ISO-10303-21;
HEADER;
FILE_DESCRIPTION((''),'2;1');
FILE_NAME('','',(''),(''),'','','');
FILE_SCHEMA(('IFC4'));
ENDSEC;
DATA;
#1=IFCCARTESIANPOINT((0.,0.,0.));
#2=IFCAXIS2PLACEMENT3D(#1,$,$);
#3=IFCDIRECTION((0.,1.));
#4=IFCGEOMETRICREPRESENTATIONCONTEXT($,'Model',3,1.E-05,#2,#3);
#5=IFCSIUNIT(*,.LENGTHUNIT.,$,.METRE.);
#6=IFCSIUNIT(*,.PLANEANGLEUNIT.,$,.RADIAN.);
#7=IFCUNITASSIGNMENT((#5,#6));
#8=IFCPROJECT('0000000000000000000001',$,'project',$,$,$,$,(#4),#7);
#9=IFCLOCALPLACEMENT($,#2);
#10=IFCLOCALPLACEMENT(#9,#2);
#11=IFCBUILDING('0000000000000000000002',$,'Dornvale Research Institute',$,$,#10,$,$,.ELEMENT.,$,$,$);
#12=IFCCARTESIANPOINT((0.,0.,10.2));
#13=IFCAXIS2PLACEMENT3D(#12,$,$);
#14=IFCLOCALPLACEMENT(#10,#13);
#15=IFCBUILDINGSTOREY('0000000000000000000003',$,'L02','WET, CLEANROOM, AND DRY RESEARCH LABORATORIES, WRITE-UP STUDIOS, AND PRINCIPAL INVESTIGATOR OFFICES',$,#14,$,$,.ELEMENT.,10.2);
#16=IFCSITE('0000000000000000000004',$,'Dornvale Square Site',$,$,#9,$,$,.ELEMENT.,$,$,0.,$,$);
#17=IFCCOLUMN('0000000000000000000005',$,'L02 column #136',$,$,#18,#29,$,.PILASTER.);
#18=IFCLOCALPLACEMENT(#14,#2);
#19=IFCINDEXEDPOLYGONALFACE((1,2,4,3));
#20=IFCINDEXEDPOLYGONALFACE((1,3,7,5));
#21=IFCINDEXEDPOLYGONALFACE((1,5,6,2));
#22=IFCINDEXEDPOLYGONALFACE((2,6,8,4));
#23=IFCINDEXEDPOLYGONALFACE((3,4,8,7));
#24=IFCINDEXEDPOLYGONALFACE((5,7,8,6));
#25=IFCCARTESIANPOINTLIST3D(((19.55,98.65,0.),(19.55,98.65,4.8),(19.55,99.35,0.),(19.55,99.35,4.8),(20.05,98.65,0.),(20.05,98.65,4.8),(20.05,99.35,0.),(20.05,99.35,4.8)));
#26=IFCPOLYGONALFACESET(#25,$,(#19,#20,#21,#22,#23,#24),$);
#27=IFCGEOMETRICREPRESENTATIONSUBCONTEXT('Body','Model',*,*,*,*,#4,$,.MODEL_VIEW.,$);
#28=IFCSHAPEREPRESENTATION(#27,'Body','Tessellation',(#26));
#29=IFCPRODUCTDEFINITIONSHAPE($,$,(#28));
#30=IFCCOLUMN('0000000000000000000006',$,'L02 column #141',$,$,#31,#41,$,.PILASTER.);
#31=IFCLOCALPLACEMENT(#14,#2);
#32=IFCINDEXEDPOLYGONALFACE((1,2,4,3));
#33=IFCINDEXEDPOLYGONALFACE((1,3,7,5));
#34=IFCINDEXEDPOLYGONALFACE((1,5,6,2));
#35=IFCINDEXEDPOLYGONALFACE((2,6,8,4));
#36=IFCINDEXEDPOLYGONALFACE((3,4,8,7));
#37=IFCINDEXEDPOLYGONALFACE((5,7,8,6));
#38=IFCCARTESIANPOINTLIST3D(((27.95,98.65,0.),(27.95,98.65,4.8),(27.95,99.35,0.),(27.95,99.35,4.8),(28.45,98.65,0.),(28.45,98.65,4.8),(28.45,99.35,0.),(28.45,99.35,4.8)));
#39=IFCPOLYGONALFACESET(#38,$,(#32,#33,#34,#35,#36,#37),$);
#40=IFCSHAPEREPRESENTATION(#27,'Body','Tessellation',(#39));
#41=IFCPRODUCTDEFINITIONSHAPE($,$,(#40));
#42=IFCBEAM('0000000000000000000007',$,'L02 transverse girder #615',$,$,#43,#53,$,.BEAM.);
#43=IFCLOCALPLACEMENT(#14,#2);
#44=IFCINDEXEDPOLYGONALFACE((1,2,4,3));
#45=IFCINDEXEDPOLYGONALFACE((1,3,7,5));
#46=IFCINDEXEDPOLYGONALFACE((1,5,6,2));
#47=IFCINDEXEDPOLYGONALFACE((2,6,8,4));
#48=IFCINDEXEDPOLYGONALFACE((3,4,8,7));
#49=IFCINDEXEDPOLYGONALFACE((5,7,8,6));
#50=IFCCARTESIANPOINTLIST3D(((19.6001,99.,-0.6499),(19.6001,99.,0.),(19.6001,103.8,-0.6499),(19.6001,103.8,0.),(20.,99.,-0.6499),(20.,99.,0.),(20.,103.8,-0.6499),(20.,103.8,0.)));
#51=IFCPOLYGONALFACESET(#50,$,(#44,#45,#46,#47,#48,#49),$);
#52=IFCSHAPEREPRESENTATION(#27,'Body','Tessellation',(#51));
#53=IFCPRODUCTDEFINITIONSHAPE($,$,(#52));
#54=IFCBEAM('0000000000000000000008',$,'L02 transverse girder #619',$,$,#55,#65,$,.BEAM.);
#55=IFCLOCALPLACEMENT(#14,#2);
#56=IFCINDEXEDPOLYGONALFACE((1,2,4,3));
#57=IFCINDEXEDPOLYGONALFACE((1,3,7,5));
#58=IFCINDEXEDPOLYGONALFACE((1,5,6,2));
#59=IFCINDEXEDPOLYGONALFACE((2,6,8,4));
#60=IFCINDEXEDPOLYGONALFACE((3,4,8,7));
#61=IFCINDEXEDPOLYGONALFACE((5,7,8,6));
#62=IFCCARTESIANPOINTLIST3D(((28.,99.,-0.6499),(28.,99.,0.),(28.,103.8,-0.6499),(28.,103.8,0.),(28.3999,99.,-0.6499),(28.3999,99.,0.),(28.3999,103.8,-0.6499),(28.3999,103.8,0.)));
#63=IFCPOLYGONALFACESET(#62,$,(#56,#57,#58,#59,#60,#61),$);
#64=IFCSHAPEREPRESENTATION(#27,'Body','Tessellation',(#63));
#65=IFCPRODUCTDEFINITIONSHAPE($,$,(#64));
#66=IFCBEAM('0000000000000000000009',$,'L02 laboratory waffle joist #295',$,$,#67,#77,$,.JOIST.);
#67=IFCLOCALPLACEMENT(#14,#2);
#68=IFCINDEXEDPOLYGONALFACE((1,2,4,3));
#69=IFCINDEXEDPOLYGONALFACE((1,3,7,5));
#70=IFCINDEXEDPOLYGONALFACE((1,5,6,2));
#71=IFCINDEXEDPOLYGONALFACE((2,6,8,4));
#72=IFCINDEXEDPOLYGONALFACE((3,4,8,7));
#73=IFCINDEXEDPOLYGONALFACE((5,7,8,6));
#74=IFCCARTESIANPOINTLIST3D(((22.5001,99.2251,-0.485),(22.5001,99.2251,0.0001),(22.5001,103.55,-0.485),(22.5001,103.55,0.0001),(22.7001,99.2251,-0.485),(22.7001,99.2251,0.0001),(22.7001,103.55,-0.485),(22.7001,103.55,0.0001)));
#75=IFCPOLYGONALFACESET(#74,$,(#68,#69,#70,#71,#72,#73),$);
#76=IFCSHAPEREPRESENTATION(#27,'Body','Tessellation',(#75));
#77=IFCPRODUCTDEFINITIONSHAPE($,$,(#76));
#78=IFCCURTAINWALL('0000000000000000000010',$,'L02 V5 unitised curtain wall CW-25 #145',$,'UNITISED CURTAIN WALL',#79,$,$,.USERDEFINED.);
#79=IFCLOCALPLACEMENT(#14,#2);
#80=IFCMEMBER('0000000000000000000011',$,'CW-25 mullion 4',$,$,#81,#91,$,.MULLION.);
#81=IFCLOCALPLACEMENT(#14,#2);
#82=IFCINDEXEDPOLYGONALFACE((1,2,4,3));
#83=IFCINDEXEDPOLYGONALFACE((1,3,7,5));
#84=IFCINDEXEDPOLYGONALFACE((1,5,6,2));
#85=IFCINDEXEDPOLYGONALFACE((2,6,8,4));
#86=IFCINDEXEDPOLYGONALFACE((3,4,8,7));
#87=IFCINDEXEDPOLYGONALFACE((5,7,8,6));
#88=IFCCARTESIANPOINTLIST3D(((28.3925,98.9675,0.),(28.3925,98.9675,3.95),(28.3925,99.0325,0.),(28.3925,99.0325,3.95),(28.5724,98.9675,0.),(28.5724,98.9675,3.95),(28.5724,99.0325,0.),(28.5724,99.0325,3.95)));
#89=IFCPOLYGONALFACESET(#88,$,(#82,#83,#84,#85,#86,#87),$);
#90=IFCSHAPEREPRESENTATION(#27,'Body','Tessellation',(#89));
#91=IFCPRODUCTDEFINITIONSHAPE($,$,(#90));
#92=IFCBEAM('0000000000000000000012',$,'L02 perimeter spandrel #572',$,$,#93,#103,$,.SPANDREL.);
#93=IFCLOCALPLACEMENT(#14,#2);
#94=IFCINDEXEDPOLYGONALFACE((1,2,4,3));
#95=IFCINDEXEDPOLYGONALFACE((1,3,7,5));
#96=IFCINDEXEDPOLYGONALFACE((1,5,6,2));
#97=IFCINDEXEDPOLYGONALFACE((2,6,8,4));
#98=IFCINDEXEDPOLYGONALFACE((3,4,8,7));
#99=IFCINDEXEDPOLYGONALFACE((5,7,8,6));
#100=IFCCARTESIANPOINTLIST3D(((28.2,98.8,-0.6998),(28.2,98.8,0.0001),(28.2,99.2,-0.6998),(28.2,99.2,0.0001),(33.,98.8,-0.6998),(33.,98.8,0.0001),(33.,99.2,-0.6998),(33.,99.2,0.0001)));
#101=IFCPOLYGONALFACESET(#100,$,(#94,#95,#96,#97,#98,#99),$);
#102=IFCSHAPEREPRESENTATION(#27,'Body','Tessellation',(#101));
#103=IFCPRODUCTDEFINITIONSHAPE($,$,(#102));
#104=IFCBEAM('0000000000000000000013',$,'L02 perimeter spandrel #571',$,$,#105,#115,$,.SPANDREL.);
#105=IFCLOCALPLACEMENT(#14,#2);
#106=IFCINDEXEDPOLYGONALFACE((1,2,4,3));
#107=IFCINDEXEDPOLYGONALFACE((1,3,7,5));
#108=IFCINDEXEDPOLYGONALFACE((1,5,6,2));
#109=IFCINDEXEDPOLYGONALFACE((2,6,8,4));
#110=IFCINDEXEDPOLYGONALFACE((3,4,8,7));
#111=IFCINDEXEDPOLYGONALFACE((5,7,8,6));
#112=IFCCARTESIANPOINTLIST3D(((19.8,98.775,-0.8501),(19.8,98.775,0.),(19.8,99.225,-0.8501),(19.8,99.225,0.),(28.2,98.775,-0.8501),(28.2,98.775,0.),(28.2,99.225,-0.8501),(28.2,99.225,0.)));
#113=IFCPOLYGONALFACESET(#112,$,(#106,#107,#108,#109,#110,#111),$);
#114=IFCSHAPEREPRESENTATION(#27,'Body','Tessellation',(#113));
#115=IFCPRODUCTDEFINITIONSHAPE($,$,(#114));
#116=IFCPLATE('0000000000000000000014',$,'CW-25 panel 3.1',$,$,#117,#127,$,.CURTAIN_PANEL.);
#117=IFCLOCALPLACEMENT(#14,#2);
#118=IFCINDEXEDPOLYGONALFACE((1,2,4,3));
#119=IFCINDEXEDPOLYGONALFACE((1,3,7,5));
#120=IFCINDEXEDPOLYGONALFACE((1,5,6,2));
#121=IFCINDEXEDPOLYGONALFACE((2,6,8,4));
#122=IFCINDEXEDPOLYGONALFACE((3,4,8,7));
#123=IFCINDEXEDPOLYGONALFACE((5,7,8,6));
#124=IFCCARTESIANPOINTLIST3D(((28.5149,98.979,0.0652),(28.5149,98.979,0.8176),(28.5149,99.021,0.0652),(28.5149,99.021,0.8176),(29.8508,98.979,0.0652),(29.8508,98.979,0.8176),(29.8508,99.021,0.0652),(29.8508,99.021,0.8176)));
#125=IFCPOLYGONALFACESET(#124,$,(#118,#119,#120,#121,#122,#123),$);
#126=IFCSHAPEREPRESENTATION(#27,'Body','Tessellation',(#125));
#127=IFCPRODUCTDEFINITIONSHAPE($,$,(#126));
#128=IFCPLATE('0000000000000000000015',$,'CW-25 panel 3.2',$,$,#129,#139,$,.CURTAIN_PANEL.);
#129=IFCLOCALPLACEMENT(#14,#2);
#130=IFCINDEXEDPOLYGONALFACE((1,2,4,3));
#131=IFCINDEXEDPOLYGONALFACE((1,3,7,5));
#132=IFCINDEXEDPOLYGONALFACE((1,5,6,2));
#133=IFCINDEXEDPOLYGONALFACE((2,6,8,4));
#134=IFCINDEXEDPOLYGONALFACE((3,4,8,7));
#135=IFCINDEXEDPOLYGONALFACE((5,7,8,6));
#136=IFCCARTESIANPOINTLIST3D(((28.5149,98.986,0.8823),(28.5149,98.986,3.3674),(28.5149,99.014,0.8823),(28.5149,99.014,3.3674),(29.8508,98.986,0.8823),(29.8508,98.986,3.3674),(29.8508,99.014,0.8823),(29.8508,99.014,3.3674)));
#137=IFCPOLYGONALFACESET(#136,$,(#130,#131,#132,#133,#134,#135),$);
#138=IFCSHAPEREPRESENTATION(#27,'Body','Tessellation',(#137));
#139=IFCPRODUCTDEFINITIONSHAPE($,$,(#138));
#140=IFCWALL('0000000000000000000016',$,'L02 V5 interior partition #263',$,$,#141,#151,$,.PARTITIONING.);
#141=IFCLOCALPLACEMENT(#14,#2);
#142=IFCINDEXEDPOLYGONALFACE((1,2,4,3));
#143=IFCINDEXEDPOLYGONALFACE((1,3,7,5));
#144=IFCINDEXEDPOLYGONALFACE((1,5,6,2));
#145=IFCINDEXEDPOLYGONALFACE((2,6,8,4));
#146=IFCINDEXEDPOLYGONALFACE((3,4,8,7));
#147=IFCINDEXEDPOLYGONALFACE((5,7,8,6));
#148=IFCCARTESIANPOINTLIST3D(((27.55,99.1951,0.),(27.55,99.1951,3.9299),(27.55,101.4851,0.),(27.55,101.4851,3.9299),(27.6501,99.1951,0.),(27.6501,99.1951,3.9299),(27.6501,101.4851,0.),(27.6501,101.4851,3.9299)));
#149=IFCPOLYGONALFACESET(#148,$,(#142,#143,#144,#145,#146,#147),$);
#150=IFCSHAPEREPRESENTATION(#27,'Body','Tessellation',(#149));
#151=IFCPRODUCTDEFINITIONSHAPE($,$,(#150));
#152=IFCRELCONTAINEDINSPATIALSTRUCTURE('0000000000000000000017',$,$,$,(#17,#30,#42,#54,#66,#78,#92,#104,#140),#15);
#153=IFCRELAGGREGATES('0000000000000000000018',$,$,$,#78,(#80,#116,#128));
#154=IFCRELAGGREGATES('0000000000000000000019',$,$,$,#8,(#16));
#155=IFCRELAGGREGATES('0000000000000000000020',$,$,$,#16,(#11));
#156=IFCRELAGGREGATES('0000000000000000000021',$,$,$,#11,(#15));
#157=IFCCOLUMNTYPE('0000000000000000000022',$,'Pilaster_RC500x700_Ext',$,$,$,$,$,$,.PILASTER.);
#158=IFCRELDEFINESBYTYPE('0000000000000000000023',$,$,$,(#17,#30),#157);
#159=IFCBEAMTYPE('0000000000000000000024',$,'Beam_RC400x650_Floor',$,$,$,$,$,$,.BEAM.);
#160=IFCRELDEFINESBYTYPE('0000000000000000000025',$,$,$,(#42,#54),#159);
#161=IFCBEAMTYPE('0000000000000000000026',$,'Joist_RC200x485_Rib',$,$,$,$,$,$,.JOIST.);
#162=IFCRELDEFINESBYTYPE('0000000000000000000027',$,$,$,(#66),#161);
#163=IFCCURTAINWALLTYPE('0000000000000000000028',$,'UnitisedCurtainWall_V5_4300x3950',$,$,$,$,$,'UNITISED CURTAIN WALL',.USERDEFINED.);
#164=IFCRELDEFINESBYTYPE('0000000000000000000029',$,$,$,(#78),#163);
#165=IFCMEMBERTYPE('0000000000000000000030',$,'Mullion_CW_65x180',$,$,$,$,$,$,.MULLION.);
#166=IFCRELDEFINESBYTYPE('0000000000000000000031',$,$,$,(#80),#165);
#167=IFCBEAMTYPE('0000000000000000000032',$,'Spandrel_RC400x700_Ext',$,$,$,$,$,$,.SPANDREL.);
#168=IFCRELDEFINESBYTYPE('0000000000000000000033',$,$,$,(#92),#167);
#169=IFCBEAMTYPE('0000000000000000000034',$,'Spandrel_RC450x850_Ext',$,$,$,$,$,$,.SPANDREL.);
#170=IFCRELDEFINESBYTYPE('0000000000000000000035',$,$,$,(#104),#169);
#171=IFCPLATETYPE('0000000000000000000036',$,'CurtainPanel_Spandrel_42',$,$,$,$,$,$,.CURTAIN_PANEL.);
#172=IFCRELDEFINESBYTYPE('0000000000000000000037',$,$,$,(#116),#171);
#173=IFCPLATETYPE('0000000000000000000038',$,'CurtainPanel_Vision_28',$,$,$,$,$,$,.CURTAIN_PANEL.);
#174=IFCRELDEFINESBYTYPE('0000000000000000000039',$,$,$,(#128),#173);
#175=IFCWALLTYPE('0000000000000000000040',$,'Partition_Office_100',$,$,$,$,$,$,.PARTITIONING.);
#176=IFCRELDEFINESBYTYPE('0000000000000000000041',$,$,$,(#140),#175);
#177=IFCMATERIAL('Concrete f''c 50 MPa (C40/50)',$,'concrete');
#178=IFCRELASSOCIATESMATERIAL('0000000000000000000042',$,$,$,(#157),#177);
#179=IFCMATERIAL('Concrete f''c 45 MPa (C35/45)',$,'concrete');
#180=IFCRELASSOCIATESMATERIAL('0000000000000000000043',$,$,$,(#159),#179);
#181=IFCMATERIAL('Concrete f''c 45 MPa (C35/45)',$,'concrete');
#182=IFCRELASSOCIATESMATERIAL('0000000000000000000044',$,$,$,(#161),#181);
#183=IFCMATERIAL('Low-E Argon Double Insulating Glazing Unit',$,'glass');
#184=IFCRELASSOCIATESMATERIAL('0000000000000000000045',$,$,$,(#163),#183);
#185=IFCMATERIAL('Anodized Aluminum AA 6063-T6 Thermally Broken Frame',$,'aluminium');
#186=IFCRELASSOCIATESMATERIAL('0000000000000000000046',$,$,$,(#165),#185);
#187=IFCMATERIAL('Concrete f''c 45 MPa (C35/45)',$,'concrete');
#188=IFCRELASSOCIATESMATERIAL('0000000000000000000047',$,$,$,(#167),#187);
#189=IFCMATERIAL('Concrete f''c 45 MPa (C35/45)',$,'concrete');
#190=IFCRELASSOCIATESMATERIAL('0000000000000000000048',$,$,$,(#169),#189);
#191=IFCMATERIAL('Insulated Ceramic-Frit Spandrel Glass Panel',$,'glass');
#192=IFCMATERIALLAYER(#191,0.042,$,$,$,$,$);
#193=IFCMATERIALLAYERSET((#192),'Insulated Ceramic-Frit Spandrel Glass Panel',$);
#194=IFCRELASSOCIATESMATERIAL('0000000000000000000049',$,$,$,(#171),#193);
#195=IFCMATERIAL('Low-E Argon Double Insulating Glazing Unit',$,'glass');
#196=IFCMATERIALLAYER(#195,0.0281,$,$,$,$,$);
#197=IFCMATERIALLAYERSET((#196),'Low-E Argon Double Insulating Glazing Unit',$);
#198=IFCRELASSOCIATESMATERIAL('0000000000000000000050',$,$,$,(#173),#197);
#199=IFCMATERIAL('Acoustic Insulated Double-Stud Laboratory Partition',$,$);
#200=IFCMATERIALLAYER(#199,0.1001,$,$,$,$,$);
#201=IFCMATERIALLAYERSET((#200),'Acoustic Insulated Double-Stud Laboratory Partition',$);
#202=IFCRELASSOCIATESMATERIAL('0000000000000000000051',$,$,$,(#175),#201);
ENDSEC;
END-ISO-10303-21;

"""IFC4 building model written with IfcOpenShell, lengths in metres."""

from ifc_helpers import new_model, si_unit, direction, frame, frame_2d, origin, origin_2d, place, context, subcontext, project, spatial, rectangle, extrude, material, layer, layer_set, material_profile, profile_set, type_object, element, aggregate, save


model = new_model("IFC4")

# Units and contexts
model_context = context("Model", 3, precision=1e-05, world=origin(), true_north=direction((0.0, 1.0)))
body_context = subcontext(model_context, "Body", "Model", "MODEL_VIEW")
ifc_project = project(units=[si_unit("LENGTHUNIT", "METRE"), si_unit("PLANEANGLEUNIT", "RADIAN")], contexts=[model_context])

# Site, building, storey
site_placement = place(None, origin())
site = spatial("IfcSite", under=ifc_project, at=site_placement, Name="Dornvale Square Site", CompositionType="ELEMENT", RefElevation=0.0)
building_placement = place(site_placement, origin())
building = spatial("IfcBuilding", under=site, at=building_placement, Name="Dornvale Research Institute", CompositionType="ELEMENT")
storey_placement = place(building_placement, frame((0.0, 0.0, 10.2)))
storey = spatial("IfcBuildingStorey", under=building, at=storey_placement, Name="L02", Description="WET, CLEANROOM, AND DRY RESEARCH LABORATORIES, WRITE-UP STUDIOS, AND PRINCIPAL INVESTIGATOR OFFICES", CompositionType="ELEMENT", Elevation=10.2)

# Columns
ifc_material_1 = material(Name="Concrete f'c 50 MPa (C40/50)", Category="concrete")
ifc_material_profile_1 = material_profile(ifc_material_1, rectangle(XDim=0.5, YDim=0.7, at=origin_2d()), Name="RC 500x700")
ifc_profile_set_1 = profile_set([ifc_material_profile_1], Name="Concrete f'c 50 MPa (C40/50)")
column_type = type_object("IfcColumnType", Name="Pilaster_RC500x700_Ext", PredefinedType="PILASTER", material=ifc_profile_set_1)
for number, where, z_axis, x_axis, name in (
    (1, (19.8, 99.0, 0.0), (0.0, 0.0, 1.0), (1.0, 0.0, 0.0), "L02 column #136"),
    (2, (28.2, 99.0, 0.0), (0.0, 0.0, 1.0), (1.0, 0.0, 0.0), "L02 column #141"),
):
    element("IfcColumn", number, at=place(storey_placement, frame(where, z_axis=z_axis, x_axis=x_axis)), inside=storey, type_object=column_type, Name=name, PredefinedType="PILASTER", context=body_context, shape_type="SweptSolid", body=[
        extrude(rectangle(XDim=0.5, YDim=0.7, at=origin_2d()), origin(), (0.0, 0.0, 1.0), 4.8),
    ])

# Beams
ifc_material_2 = material(Name="Concrete f'c 45 MPa (C35/45)", Category="concrete")
ifc_material_profile_2 = material_profile(ifc_material_2, rectangle(XDim=0.3999, YDim=0.6499, at=origin_2d()), Name="RC 400x650")
ifc_profile_set_2 = profile_set([ifc_material_profile_2], Name="Concrete f'c 45 MPa (C35/45)")
beam_type_1 = type_object("IfcBeamType", Name="Beam_RC400x650_Floor", PredefinedType="BEAM", material=ifc_profile_set_2)
for number, where, z_axis, x_axis, name in (
    (3, (19.8, 99.0, -0.325), (0.0, 1.0, 0.0), (-1.0, 0.0, 0.0), "L02 transverse girder #615"),
    (4, (28.2, 99.0, -0.325), (0.0, 1.0, 0.0), (-1.0, 0.0, 0.0), "L02 transverse girder #619"),
):
    element("IfcBeam", number, at=place(storey_placement, frame(where, z_axis=z_axis, x_axis=x_axis)), inside=storey, type_object=beam_type_1, Name=name, PredefinedType="BEAM", context=body_context, shape_type="SweptSolid", body=[
        extrude(rectangle(XDim=0.3999, YDim=0.6499, at=origin_2d()), origin(), (0.0, 0.0, 1.0), 4.8),
    ])
ifc_material_3 = material(Name="Concrete f'c 45 MPa (C35/45)", Category="concrete")
ifc_material_profile_3 = material_profile(ifc_material_3, rectangle(XDim=0.2, YDim=0.4851, at=origin_2d()), Name="RC 200x485")
ifc_profile_set_3 = profile_set([ifc_material_profile_3], Name="Concrete f'c 45 MPa (C35/45)")
beam_type_2 = type_object("IfcBeamType", Name="Joist_RC200x485_Rib", PredefinedType="JOIST", material=ifc_profile_set_3)
beam_1_placement = place(storey_placement, frame((22.6001, 99.2251, -0.2424), z_axis=(0.0, 1.0, 0.0), x_axis=(-1.0, 0.0, 0.0)))
element("IfcBeam", 5, at=beam_1_placement, inside=storey, type_object=beam_type_2, Name="L02 laboratory waffle joist #295", PredefinedType="JOIST", context=body_context, shape_type="SweptSolid", body=[
    extrude(rectangle(XDim=0.2, YDim=0.4851, at=origin_2d()), origin(), (0.0, 0.0, 1.0), 4.325),
])

# Curtain wall, member
ifc_material_4 = material(Name="Low-E Argon Double Insulating Glazing Unit", Category="glass")
curtain_wall_type = type_object("IfcCurtainWallType", Name="UnitisedCurtainWall_V5_4300x3950", ElementType="UNITISED CURTAIN WALL", PredefinedType="USERDEFINED", material=ifc_material_4)
curtain_wall_placement = place(storey_placement, origin())
curtain_wall = element("IfcCurtainWall", 6, at=curtain_wall_placement, inside=storey, type_object=curtain_wall_type, Name="L02 V5 unitised curtain wall CW-25 #145", ObjectType="UNITISED CURTAIN WALL", PredefinedType="USERDEFINED")
ifc_material_5 = material(Name="Anodized Aluminum AA 6063-T6 Thermally Broken Frame", Category="aluminium")
ifc_material_profile_4 = material_profile(ifc_material_5, rectangle(XDim=0.0649, YDim=0.1799, at=origin_2d()), Name="ALU MULLION 65x180")
ifc_profile_set_4 = profile_set([ifc_material_profile_4], Name="Anodized Aluminum AA 6063-T6 Thermally Broken Frame")
member_type = type_object("IfcMemberType", Name="Mullion_CW_65x180", PredefinedType="MULLION", material=ifc_profile_set_4)
member_placement = place(storey_placement, frame((28.4824, 99.0, 0.0), z_axis=(0.0, 0.0, 1.0), x_axis=(0.0, -1.0, 0.0)))
member = element("IfcMember", 7, at=member_placement, type_object=member_type, Name="CW-25 mullion 4", PredefinedType="MULLION", context=body_context, shape_type="SweptSolid", body=[
    extrude(rectangle(XDim=0.0649, YDim=0.1799, at=origin_2d()), origin(), (0.0, 0.0, 1.0), 3.95),
])

# Beams
ifc_material_6 = material(Name="Concrete f'c 45 MPa (C35/45)", Category="concrete")
ifc_material_profile_5 = material_profile(ifc_material_6, rectangle(XDim=0.3999, YDim=0.7, at=origin_2d()), Name="RC 400x700")
ifc_profile_set_5 = profile_set([ifc_material_profile_5], Name="Concrete f'c 45 MPa (C35/45)")
beam_type_3 = type_object("IfcBeamType", Name="Spandrel_RC400x700_Ext", PredefinedType="SPANDREL", material=ifc_profile_set_5)
beam_2_placement = place(storey_placement, frame((28.2, 99.0, -0.3499), z_axis=(1.0, 0.0, 0.0), x_axis=(0.0, 1.0, 0.0)))
element("IfcBeam", 8, at=beam_2_placement, inside=storey, type_object=beam_type_3, Name="L02 perimeter spandrel #572", PredefinedType="SPANDREL", context=body_context, shape_type="SweptSolid", body=[
    extrude(rectangle(XDim=0.3999, YDim=0.7, at=origin_2d()), origin(), (0.0, 0.0, 1.0), 4.8),
])
ifc_material_7 = material(Name="Concrete f'c 45 MPa (C35/45)", Category="concrete")
ifc_material_profile_6 = material_profile(ifc_material_7, rectangle(XDim=0.45, YDim=0.8501, at=origin_2d()), Name="RC 450x850")
ifc_profile_set_6 = profile_set([ifc_material_profile_6], Name="Concrete f'c 45 MPa (C35/45)")
beam_type_4 = type_object("IfcBeamType", Name="Spandrel_RC450x850_Ext", PredefinedType="SPANDREL", material=ifc_profile_set_6)
beam_3_placement = place(storey_placement, frame((19.8, 99.0, -0.425), z_axis=(1.0, 0.0, 0.0), x_axis=(0.0, 1.0, 0.0)))
element("IfcBeam", 9, at=beam_3_placement, inside=storey, type_object=beam_type_4, Name="L02 perimeter spandrel #571", PredefinedType="SPANDREL", context=body_context, shape_type="SweptSolid", body=[
    extrude(rectangle(XDim=0.45, YDim=0.8501, at=origin_2d()), origin(), (0.0, 0.0, 1.0), 8.3999),
])

# Plates
ifc_material_8 = material(Name="Insulated Ceramic-Frit Spandrel Glass Panel", Category="glass")
ifc_layer_1 = layer(ifc_material_8, 0.042)
ifc_layer_set_1 = layer_set([ifc_layer_1], Name="Insulated Ceramic-Frit Spandrel Glass Panel")
plate_type_1 = type_object("IfcPlateType", Name="CurtainPanel_Spandrel_42", PredefinedType="CURTAIN_PANEL", material=ifc_layer_set_1)
plate_1_placement = place(storey_placement, frame((29.1829, 99.0, 0.0652), z_axis=(0.0, 0.0, 1.0), x_axis=(-1.0, 0.0, 0.0)))
plate_1 = element("IfcPlate", 10, at=plate_1_placement, type_object=plate_type_1, Name="CW-25 panel 3.1", PredefinedType="CURTAIN_PANEL", context=body_context, shape_type="SweptSolid", body=[
    extrude(rectangle(XDim=1.3359, YDim=0.042, at=origin_2d()), origin(), (0.0, 0.0, 1.0), 0.7524),
])
ifc_material_9 = material(Name="Low-E Argon Double Insulating Glazing Unit", Category="glass")
ifc_layer_2 = layer(ifc_material_9, 0.0281)
ifc_layer_set_2 = layer_set([ifc_layer_2], Name="Low-E Argon Double Insulating Glazing Unit")
plate_type_2 = type_object("IfcPlateType", Name="CurtainPanel_Vision_28", PredefinedType="CURTAIN_PANEL", material=ifc_layer_set_2)
plate_2_placement = place(storey_placement, frame((29.1829, 99.0, 0.8823), z_axis=(0.0, 0.0, 1.0), x_axis=(-1.0, 0.0, 0.0)))
plate_2 = element("IfcPlate", 11, at=plate_2_placement, type_object=plate_type_2, Name="CW-25 panel 3.2", PredefinedType="CURTAIN_PANEL", context=body_context, shape_type="SweptSolid", body=[
    extrude(rectangle(XDim=1.3359, YDim=0.0281, at=origin_2d()), origin(), (0.0, 0.0, 1.0), 2.4851),
])
aggregate(curtain_wall, [member, plate_1, plate_2])

# Wall
ifc_material_10 = material(Name="Acoustic Insulated Double-Stud Laboratory Partition")
ifc_layer_3 = layer(ifc_material_10, 0.1001)
ifc_layer_set_3 = layer_set([ifc_layer_3], Name="Acoustic Insulated Double-Stud Laboratory Partition")
wall_type_1 = type_object("IfcWallType", Name="Partition_Office_100", PredefinedType="PARTITIONING", material=ifc_layer_set_3)
wall_1_placement = place(storey_placement, frame((27.6001, 99.1951, 0.0), z_axis=(0.0, 0.0, 1.0), x_axis=(0.0, 1.0, 0.0)))
element("IfcWall", 12, at=wall_1_placement, inside=storey, type_object=wall_type_1, Name="L02 V5 interior partition #263", PredefinedType="PARTITIONING", context=body_context, shape_type="SweptSolid", body=[
    extrude(rectangle(XDim=2.29, YDim=0.1001, at=frame_2d((1.145, 0.0))), origin(), (0.0, 0.0, 1.0), 3.9299),
])

save(model, "model.ifc")
